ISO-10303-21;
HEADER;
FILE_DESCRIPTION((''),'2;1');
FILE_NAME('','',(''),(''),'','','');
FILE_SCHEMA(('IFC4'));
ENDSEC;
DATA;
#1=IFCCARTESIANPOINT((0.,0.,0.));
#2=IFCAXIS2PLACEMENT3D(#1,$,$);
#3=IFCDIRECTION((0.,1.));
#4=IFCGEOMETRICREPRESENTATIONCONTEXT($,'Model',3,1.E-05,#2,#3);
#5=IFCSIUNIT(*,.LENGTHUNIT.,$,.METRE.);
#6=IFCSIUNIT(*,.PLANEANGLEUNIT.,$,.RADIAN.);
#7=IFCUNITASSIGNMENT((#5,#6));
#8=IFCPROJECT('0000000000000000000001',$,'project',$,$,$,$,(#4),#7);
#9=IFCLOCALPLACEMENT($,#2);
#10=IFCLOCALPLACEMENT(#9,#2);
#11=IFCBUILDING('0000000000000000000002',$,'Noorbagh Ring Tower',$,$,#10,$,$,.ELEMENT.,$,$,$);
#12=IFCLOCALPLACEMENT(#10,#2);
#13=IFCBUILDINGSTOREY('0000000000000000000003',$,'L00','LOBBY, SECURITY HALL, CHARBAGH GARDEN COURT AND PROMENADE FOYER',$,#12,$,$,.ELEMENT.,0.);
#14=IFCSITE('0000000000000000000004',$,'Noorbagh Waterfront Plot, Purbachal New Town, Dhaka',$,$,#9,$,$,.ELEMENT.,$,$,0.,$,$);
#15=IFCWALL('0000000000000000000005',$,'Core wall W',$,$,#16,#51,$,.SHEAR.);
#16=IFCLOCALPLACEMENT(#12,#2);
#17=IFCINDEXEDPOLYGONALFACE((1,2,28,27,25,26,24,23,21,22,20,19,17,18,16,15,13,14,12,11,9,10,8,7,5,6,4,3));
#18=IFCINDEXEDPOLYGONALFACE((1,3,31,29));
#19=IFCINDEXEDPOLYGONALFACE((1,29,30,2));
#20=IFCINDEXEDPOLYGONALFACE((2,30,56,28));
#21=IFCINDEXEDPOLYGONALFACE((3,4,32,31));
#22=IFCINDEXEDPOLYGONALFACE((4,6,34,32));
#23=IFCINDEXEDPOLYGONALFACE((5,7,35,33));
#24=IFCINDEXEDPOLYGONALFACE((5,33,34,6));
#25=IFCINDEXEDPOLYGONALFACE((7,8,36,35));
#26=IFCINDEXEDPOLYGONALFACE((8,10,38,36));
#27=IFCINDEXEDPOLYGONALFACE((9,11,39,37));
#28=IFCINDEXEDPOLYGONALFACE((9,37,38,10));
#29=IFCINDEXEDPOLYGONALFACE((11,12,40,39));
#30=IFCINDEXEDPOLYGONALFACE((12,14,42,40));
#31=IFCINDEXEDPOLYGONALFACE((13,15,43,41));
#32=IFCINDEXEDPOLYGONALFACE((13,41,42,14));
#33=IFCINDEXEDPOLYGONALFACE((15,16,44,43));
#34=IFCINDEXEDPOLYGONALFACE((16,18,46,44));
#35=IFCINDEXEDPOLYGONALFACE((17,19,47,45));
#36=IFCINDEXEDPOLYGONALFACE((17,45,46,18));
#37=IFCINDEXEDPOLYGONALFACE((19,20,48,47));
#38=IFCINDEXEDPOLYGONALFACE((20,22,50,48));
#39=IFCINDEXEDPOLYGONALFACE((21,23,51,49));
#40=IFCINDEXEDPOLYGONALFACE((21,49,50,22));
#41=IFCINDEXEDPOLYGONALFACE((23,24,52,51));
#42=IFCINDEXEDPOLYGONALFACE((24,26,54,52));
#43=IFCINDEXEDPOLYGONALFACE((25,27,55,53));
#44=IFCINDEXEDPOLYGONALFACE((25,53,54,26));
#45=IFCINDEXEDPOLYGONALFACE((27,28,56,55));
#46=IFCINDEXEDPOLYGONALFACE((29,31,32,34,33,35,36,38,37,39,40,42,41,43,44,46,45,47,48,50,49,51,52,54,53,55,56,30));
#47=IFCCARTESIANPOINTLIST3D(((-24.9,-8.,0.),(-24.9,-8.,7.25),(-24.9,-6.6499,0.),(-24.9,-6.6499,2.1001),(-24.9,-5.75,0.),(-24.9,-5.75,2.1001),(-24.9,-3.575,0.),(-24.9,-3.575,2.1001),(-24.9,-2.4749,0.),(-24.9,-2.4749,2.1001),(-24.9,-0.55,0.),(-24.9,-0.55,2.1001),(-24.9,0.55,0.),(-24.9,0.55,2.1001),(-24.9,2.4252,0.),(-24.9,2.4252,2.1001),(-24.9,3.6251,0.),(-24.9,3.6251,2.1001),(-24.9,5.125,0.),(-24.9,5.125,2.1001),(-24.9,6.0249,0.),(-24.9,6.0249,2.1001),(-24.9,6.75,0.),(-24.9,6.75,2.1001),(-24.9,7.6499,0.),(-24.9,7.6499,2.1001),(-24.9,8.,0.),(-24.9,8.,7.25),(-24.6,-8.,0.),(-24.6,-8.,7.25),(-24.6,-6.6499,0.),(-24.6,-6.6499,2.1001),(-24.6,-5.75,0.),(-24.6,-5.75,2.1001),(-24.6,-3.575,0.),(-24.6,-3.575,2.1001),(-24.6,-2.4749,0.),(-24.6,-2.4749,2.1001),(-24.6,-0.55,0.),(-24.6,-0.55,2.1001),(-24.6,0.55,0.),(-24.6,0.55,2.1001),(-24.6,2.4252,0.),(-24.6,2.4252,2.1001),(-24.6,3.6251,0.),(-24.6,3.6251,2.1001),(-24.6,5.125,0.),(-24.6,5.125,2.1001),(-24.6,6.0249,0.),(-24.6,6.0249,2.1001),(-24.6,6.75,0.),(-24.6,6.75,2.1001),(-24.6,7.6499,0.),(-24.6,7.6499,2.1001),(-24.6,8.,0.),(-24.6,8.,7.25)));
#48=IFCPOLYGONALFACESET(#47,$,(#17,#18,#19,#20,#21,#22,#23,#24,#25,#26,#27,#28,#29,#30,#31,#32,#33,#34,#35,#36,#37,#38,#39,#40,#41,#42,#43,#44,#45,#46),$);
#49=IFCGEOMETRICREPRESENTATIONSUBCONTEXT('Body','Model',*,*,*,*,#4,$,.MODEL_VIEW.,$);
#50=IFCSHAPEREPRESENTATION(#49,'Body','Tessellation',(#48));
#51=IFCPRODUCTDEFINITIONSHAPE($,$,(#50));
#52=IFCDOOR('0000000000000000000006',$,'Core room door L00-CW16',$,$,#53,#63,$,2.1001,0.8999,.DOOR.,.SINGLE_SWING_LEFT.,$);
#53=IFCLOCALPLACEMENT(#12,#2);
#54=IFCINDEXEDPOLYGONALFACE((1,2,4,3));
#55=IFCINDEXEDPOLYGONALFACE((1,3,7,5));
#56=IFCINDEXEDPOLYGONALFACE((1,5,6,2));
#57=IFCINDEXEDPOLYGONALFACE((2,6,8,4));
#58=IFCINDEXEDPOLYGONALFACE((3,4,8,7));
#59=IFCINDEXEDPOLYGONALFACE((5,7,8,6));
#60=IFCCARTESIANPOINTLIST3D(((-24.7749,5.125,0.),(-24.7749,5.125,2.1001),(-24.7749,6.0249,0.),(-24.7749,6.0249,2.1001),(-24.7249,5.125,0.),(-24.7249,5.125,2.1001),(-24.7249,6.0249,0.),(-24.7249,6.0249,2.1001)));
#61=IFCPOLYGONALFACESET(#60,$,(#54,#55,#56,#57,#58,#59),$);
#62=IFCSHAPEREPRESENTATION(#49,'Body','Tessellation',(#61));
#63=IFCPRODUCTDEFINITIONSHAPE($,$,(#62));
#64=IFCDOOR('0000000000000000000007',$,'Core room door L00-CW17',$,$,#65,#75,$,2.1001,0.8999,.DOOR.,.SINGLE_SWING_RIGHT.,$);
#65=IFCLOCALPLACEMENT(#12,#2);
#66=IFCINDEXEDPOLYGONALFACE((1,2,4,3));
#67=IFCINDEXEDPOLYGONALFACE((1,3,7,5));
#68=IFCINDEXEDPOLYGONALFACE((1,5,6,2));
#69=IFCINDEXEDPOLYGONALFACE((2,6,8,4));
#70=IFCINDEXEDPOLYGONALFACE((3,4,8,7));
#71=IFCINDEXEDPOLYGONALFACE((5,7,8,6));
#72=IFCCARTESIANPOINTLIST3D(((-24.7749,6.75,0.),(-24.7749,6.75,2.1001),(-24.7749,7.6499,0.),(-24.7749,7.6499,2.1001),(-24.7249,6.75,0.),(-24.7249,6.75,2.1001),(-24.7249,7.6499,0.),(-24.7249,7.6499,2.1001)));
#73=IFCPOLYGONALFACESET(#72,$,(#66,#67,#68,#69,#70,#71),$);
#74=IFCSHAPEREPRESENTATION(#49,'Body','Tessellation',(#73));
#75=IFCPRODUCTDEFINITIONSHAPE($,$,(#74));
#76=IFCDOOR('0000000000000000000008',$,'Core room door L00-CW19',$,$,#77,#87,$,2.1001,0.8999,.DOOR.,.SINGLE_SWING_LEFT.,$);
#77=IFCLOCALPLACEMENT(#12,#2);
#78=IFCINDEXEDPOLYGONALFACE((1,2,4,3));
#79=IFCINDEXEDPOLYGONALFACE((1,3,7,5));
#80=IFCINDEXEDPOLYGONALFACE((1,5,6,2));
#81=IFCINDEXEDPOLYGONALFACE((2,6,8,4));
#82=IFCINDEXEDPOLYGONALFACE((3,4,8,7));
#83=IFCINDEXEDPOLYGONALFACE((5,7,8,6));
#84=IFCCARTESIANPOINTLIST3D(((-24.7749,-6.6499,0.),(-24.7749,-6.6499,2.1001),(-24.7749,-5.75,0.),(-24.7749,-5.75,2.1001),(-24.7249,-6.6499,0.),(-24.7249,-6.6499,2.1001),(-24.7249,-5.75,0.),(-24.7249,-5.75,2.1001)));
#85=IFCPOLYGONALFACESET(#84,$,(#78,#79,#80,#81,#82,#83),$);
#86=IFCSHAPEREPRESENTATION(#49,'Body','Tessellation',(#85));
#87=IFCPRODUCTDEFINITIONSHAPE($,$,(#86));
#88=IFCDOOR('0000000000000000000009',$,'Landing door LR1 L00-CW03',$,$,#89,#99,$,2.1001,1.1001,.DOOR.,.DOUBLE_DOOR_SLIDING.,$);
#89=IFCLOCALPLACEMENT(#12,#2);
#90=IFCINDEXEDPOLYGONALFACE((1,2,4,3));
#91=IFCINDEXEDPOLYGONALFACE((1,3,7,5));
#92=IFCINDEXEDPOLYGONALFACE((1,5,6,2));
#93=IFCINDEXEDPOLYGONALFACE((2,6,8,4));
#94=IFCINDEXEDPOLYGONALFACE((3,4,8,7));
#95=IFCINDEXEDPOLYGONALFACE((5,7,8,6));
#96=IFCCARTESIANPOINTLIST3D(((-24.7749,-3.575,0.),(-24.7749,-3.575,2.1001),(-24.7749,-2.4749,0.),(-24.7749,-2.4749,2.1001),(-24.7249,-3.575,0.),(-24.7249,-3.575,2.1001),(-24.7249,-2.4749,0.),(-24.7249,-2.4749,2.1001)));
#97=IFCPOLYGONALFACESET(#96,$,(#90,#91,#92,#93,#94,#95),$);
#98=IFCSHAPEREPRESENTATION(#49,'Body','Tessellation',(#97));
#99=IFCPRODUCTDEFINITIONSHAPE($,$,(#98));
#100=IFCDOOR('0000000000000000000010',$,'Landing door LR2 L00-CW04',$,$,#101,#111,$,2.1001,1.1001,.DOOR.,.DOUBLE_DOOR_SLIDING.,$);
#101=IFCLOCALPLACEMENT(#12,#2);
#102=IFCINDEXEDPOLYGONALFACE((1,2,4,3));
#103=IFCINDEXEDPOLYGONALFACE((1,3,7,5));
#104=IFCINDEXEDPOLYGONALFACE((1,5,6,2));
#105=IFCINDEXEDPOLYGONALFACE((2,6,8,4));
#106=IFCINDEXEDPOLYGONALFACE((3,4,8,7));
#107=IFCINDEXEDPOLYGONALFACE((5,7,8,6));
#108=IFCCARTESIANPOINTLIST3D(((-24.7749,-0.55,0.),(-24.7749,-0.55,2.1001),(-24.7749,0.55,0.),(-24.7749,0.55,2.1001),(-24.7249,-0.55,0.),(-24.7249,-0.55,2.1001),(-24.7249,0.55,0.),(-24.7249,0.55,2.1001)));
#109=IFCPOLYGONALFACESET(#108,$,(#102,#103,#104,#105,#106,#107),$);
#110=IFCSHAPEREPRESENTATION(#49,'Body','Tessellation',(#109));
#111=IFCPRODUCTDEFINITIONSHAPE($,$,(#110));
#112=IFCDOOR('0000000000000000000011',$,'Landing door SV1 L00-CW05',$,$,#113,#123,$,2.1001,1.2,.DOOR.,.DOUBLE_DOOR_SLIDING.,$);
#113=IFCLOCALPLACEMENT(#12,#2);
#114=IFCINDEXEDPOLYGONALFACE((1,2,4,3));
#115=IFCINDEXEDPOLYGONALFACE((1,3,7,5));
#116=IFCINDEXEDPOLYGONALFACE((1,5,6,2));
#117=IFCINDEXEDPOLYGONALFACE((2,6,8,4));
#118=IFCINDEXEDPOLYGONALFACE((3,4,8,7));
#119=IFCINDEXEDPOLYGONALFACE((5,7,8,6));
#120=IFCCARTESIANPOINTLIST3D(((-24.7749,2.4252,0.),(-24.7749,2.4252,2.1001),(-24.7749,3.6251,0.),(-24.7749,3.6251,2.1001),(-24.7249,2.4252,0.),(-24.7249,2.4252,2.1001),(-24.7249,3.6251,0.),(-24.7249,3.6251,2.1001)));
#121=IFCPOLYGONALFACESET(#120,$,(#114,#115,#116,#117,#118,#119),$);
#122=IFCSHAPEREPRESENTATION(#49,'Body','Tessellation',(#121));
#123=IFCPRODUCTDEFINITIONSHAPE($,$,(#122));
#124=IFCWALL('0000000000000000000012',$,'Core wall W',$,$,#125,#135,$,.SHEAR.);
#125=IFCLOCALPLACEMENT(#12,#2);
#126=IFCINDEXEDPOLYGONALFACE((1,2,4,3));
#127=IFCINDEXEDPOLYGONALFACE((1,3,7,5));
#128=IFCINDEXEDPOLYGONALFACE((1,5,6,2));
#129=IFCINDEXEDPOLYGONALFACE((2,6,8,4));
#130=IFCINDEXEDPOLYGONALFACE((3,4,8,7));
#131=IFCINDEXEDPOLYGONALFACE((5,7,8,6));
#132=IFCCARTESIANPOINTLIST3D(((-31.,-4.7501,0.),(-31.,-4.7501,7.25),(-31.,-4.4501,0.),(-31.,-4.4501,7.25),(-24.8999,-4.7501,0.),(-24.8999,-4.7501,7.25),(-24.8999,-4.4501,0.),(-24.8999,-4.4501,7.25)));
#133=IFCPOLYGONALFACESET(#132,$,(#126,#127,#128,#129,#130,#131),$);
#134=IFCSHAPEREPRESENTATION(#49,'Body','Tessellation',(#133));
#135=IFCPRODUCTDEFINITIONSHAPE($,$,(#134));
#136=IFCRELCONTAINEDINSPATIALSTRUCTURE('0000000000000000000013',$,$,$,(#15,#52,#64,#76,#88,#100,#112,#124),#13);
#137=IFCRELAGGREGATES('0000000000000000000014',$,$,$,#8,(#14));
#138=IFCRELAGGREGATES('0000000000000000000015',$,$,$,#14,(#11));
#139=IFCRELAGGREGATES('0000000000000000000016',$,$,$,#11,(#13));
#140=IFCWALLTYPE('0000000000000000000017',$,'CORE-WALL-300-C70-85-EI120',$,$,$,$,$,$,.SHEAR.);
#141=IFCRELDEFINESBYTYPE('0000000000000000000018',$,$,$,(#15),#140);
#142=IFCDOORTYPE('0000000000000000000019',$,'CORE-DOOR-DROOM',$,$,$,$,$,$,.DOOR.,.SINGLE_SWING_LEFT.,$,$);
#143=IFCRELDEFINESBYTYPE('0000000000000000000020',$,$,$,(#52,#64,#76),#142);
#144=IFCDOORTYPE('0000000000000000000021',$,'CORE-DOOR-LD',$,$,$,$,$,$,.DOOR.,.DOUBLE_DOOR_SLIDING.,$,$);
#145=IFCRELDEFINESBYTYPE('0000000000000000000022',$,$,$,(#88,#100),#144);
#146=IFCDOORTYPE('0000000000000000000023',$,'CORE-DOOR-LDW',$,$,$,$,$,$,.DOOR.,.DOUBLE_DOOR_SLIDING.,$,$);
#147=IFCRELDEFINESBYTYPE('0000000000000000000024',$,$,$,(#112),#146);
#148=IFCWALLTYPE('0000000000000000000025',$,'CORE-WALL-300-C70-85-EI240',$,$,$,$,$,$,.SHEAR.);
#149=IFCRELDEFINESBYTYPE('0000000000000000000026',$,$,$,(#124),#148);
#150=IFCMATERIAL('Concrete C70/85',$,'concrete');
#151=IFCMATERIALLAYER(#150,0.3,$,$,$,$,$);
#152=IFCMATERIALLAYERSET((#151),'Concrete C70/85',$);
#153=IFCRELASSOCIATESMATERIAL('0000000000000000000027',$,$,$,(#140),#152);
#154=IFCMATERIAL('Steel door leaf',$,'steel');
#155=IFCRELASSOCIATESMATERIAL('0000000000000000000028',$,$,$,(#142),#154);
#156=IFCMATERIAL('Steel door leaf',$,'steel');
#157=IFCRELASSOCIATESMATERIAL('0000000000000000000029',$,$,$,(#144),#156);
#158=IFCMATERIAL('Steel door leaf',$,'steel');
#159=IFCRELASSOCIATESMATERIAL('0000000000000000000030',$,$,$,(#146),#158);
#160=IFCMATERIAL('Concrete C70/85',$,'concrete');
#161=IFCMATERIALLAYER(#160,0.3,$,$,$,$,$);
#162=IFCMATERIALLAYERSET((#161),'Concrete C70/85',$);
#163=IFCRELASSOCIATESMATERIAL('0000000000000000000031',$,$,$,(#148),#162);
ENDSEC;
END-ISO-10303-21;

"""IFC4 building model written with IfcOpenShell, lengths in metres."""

from ifc_helpers import new_model, si_unit, direction, frame, frame_2d, origin, place, context, subcontext, project, spatial, rectangle, extrude, material, layer, layer_set, type_object, element, fill, save


model = new_model("IFC4")

# Units and contexts
model_context = context("Model", 3, precision=1e-05, world=origin(), true_north=direction((0.0, 1.0)))
body_context = subcontext(model_context, "Body", "Model", "MODEL_VIEW")
ifc_project = project(units=[si_unit("LENGTHUNIT", "METRE"), si_unit("PLANEANGLEUNIT", "RADIAN")], contexts=[model_context])

# Site, building, storey
site_placement = place(None, origin())
site = spatial("IfcSite", under=ifc_project, at=site_placement, Name="Noorbagh Waterfront Plot, Purbachal New Town, Dhaka", CompositionType="ELEMENT", RefElevation=0.0)
building_placement = place(site_placement, origin())
building = spatial("IfcBuilding", under=site, at=building_placement, Name="Noorbagh Ring Tower", CompositionType="ELEMENT")
storey_placement = place(building_placement, origin())
storey = spatial("IfcBuildingStorey", under=building, at=storey_placement, Name="L00", Description="LOBBY, SECURITY HALL, CHARBAGH GARDEN COURT AND PROMENADE FOYER", CompositionType="ELEMENT", Elevation=0.0)

# Shared definitions
ifc_material_1 = material(Name="Concrete C70/85", Category="concrete")
ifc_layer_1 = layer(ifc_material_1, 0.3)
ifc_layer_set_1 = layer_set([ifc_layer_1], Name="Concrete C70/85")
wall_type_1 = type_object("IfcWallType", Name="CORE-WALL-300-C70-85-EI120", PredefinedType="SHEAR", material=ifc_layer_set_1)

# Wall, openings, doors
wall_1_placement = place(storey_placement, frame((-24.75, -8.0, 0.0), z_axis=(0.0, 0.0, 1.0), x_axis=(0.0, 1.0, 0.0)))
wall_1 = element("IfcWall", 1, at=wall_1_placement, inside=storey, type_object=wall_type_1, Name="Core wall W", PredefinedType="SHEAR", context=body_context, shape_type="SweptSolid", body=[
    extrude(rectangle(XDim=16.0, YDim=0.3, at=frame_2d((8.0, 0.0))), origin(), (0.0, 0.0, 1.0), 7.25),
])
opening_1_placement = place(wall_1_placement, frame((4.425, 0.0, 0.0)))
opening_1 = element("IfcOpeningElement", 2, at=opening_1_placement, cuts=wall_1, PredefinedType="OPENING", context=body_context, shape_type="SweptSolid", body=[
    extrude(rectangle(XDim=1.1001, YDim=2.1001, at=frame_2d((0.55, 1.05))), frame((0.0, 0.1602, 0.0), z_axis=(0.0, -1.0, 0.0), x_axis=(1.0, 0.0, 0.0)), (0.0, 0.0, 1.0), 0.3201),
])
opening_2_placement = place(wall_1_placement, frame((7.45, 0.0, 0.0)))
opening_2 = element("IfcOpeningElement", 3, at=opening_2_placement, cuts=wall_1, PredefinedType="OPENING", context=body_context, shape_type="SweptSolid", body=[
    extrude(rectangle(XDim=1.1001, YDim=2.1001, at=frame_2d((0.55, 1.05))), frame((0.0, 0.1602, 0.0), z_axis=(0.0, -1.0, 0.0), x_axis=(1.0, 0.0, 0.0)), (0.0, 0.0, 1.0), 0.3201),
])
opening_3_placement = place(wall_1_placement, frame((10.425, 0.0, 0.0)))
opening_3 = element("IfcOpeningElement", 4, at=opening_3_placement, cuts=wall_1, PredefinedType="OPENING", context=body_context, shape_type="SweptSolid", body=[
    extrude(rectangle(XDim=1.2, YDim=2.1001, at=frame_2d((0.6001, 1.05))), frame((0.0, 0.1602, 0.0), z_axis=(0.0, -1.0, 0.0), x_axis=(1.0, 0.0, 0.0)), (0.0, 0.0, 1.0), 0.3201),
])
opening_4_placement = place(wall_1_placement, frame((13.125, 0.0, 0.0)))
opening_4 = element("IfcOpeningElement", 5, at=opening_4_placement, cuts=wall_1, PredefinedType="OPENING", context=body_context, shape_type="SweptSolid", body=[
    extrude(rectangle(XDim=0.8999, YDim=2.1001, at=frame_2d((0.45, 1.05))), frame((0.0, 0.1602, 0.0), z_axis=(0.0, -1.0, 0.0), x_axis=(1.0, 0.0, 0.0)), (0.0, 0.0, 1.0), 0.3201),
])
opening_5_placement = place(wall_1_placement, frame((14.75, 0.0, 0.0)))
opening_5 = element("IfcOpeningElement", 6, at=opening_5_placement, cuts=wall_1, PredefinedType="OPENING", context=body_context, shape_type="SweptSolid", body=[
    extrude(rectangle(XDim=0.8999, YDim=2.1001, at=frame_2d((0.45, 1.05))), frame((0.0, 0.1602, 0.0), z_axis=(0.0, -1.0, 0.0), x_axis=(1.0, 0.0, 0.0)), (0.0, 0.0, 1.0), 0.3201),
])
opening_6_placement = place(wall_1_placement, frame((1.3501, 0.0, 0.0)))
opening_6 = element("IfcOpeningElement", 7, at=opening_6_placement, cuts=wall_1, PredefinedType="OPENING", context=body_context, shape_type="SweptSolid", body=[
    extrude(rectangle(XDim=0.8999, YDim=2.1001, at=frame_2d((0.45, 1.05))), frame((0.0, 0.1602, 0.0), z_axis=(0.0, -1.0, 0.0), x_axis=(1.0, 0.0, 0.0)), (0.0, 0.0, 1.0), 0.3201),
])
ifc_material_2 = material(Name="Steel door leaf", Category="steel")
door_type_1 = type_object("IfcDoorType", Name="CORE-DOOR-DROOM", OperationType="SINGLE_SWING_LEFT", PredefinedType="DOOR", material=ifc_material_2)
door_1_placement = place(opening_4_placement, origin())
door_1 = element("IfcDoor", 8, at=door_1_placement, inside=storey, type_object=door_type_1, Name="Core room door L00-CW16", OperationType="SINGLE_SWING_LEFT", OverallHeight=2.1001, OverallWidth=0.8999, PredefinedType="DOOR", context=body_context, shape_type="SweptSolid", body=[
    extrude(rectangle(XDim=0.8999, YDim=2.1001, at=frame_2d((0.45, 1.05))), frame((0.0, 0.0249, 0.0), z_axis=(0.0, -1.0, 0.0), x_axis=(1.0, 0.0, 0.0)), (0.0, 0.0, 1.0), 0.05),
])
fill(opening_4, door_1)
door_2_placement = place(opening_5_placement, origin())
door_2 = element("IfcDoor", 9, at=door_2_placement, inside=storey, type_object=door_type_1, Name="Core room door L00-CW17", OperationType="SINGLE_SWING_RIGHT", OverallHeight=2.1001, OverallWidth=0.8999, PredefinedType="DOOR", context=body_context, shape_type="SweptSolid", body=[
    extrude(rectangle(XDim=0.8999, YDim=2.1001, at=frame_2d((0.45, 1.05))), frame((0.0, 0.0249, 0.0), z_axis=(0.0, -1.0, 0.0), x_axis=(1.0, 0.0, 0.0)), (0.0, 0.0, 1.0), 0.05),
])
fill(opening_5, door_2)
door_3_placement = place(opening_6_placement, origin())
door_3 = element("IfcDoor", 10, at=door_3_placement, inside=storey, type_object=door_type_1, Name="Core room door L00-CW19", OperationType="SINGLE_SWING_LEFT", OverallHeight=2.1001, OverallWidth=0.8999, PredefinedType="DOOR", context=body_context, shape_type="SweptSolid", body=[
    extrude(rectangle(XDim=0.8999, YDim=2.1001, at=frame_2d((0.45, 1.05))), frame((0.0, 0.0249, 0.0), z_axis=(0.0, -1.0, 0.0), x_axis=(1.0, 0.0, 0.0)), (0.0, 0.0, 1.0), 0.05),
])
fill(opening_6, door_3)
ifc_material_3 = material(Name="Steel door leaf", Category="steel")
door_type_2 = type_object("IfcDoorType", Name="CORE-DOOR-LD", OperationType="DOUBLE_DOOR_SLIDING", PredefinedType="DOOR", material=ifc_material_3)
door_4_placement = place(opening_1_placement, origin())
door_4 = element("IfcDoor", 11, at=door_4_placement, inside=storey, type_object=door_type_2, Name="Landing door LR1 L00-CW03", OperationType="DOUBLE_DOOR_SLIDING", OverallHeight=2.1001, OverallWidth=1.1001, PredefinedType="DOOR", context=body_context, shape_type="SweptSolid", body=[
    extrude(rectangle(XDim=1.1001, YDim=2.1001, at=frame_2d((0.55, 1.05))), frame((0.0, 0.0249, 0.0), z_axis=(0.0, -1.0, 0.0), x_axis=(1.0, 0.0, 0.0)), (0.0, 0.0, 1.0), 0.05),
])
fill(opening_1, door_4)
door_5_placement = place(opening_2_placement, origin())
door_5 = element("IfcDoor", 12, at=door_5_placement, inside=storey, type_object=door_type_2, Name="Landing door LR2 L00-CW04", OperationType="DOUBLE_DOOR_SLIDING", OverallHeight=2.1001, OverallWidth=1.1001, PredefinedType="DOOR", context=body_context, shape_type="SweptSolid", body=[
    extrude(rectangle(XDim=1.1001, YDim=2.1001, at=frame_2d((0.55, 1.05))), frame((0.0, 0.0249, 0.0), z_axis=(0.0, -1.0, 0.0), x_axis=(1.0, 0.0, 0.0)), (0.0, 0.0, 1.0), 0.05),
])
fill(opening_2, door_5)
ifc_material_4 = material(Name="Steel door leaf", Category="steel")
door_type_3 = type_object("IfcDoorType", Name="CORE-DOOR-LDW", OperationType="DOUBLE_DOOR_SLIDING", PredefinedType="DOOR", material=ifc_material_4)
door_6_placement = place(opening_3_placement, origin())
door_6 = element("IfcDoor", 13, at=door_6_placement, inside=storey, type_object=door_type_3, Name="Landing door SV1 L00-CW05", OperationType="DOUBLE_DOOR_SLIDING", OverallHeight=2.1001, OverallWidth=1.2, PredefinedType="DOOR", context=body_context, shape_type="SweptSolid", body=[
    extrude(rectangle(XDim=1.2, YDim=2.1001, at=frame_2d((0.6001, 1.05))), frame((0.0, 0.0249, 0.0), z_axis=(0.0, -1.0, 0.0), x_axis=(1.0, 0.0, 0.0)), (0.0, 0.0, 1.0), 0.05),
])
fill(opening_3, door_6)

# Wall
ifc_material_5 = material(Name="Concrete C70/85", Category="concrete")
ifc_layer_2 = layer(ifc_material_5, 0.3)
ifc_layer_set_2 = layer_set([ifc_layer_2], Name="Concrete C70/85")
wall_type_2 = type_object("IfcWallType", Name="CORE-WALL-300-C70-85-EI240", PredefinedType="SHEAR", material=ifc_layer_set_2)
wall_2_placement = place(storey_placement, frame((-24.8999, -4.6001, 0.0), z_axis=(0.0, 0.0, 1.0), x_axis=(-1.0, 0.0, 0.0)))
element("IfcWall", 14, at=wall_2_placement, inside=storey, type_object=wall_type_2, Name="Core wall W", PredefinedType="SHEAR", context=body_context, shape_type="SweptSolid", body=[
    extrude(rectangle(XDim=6.1001, YDim=0.3, at=frame_2d((3.05, 0.0))), origin(), (0.0, 0.0, 1.0), 7.25),
])

save(model, "model.ifc")
